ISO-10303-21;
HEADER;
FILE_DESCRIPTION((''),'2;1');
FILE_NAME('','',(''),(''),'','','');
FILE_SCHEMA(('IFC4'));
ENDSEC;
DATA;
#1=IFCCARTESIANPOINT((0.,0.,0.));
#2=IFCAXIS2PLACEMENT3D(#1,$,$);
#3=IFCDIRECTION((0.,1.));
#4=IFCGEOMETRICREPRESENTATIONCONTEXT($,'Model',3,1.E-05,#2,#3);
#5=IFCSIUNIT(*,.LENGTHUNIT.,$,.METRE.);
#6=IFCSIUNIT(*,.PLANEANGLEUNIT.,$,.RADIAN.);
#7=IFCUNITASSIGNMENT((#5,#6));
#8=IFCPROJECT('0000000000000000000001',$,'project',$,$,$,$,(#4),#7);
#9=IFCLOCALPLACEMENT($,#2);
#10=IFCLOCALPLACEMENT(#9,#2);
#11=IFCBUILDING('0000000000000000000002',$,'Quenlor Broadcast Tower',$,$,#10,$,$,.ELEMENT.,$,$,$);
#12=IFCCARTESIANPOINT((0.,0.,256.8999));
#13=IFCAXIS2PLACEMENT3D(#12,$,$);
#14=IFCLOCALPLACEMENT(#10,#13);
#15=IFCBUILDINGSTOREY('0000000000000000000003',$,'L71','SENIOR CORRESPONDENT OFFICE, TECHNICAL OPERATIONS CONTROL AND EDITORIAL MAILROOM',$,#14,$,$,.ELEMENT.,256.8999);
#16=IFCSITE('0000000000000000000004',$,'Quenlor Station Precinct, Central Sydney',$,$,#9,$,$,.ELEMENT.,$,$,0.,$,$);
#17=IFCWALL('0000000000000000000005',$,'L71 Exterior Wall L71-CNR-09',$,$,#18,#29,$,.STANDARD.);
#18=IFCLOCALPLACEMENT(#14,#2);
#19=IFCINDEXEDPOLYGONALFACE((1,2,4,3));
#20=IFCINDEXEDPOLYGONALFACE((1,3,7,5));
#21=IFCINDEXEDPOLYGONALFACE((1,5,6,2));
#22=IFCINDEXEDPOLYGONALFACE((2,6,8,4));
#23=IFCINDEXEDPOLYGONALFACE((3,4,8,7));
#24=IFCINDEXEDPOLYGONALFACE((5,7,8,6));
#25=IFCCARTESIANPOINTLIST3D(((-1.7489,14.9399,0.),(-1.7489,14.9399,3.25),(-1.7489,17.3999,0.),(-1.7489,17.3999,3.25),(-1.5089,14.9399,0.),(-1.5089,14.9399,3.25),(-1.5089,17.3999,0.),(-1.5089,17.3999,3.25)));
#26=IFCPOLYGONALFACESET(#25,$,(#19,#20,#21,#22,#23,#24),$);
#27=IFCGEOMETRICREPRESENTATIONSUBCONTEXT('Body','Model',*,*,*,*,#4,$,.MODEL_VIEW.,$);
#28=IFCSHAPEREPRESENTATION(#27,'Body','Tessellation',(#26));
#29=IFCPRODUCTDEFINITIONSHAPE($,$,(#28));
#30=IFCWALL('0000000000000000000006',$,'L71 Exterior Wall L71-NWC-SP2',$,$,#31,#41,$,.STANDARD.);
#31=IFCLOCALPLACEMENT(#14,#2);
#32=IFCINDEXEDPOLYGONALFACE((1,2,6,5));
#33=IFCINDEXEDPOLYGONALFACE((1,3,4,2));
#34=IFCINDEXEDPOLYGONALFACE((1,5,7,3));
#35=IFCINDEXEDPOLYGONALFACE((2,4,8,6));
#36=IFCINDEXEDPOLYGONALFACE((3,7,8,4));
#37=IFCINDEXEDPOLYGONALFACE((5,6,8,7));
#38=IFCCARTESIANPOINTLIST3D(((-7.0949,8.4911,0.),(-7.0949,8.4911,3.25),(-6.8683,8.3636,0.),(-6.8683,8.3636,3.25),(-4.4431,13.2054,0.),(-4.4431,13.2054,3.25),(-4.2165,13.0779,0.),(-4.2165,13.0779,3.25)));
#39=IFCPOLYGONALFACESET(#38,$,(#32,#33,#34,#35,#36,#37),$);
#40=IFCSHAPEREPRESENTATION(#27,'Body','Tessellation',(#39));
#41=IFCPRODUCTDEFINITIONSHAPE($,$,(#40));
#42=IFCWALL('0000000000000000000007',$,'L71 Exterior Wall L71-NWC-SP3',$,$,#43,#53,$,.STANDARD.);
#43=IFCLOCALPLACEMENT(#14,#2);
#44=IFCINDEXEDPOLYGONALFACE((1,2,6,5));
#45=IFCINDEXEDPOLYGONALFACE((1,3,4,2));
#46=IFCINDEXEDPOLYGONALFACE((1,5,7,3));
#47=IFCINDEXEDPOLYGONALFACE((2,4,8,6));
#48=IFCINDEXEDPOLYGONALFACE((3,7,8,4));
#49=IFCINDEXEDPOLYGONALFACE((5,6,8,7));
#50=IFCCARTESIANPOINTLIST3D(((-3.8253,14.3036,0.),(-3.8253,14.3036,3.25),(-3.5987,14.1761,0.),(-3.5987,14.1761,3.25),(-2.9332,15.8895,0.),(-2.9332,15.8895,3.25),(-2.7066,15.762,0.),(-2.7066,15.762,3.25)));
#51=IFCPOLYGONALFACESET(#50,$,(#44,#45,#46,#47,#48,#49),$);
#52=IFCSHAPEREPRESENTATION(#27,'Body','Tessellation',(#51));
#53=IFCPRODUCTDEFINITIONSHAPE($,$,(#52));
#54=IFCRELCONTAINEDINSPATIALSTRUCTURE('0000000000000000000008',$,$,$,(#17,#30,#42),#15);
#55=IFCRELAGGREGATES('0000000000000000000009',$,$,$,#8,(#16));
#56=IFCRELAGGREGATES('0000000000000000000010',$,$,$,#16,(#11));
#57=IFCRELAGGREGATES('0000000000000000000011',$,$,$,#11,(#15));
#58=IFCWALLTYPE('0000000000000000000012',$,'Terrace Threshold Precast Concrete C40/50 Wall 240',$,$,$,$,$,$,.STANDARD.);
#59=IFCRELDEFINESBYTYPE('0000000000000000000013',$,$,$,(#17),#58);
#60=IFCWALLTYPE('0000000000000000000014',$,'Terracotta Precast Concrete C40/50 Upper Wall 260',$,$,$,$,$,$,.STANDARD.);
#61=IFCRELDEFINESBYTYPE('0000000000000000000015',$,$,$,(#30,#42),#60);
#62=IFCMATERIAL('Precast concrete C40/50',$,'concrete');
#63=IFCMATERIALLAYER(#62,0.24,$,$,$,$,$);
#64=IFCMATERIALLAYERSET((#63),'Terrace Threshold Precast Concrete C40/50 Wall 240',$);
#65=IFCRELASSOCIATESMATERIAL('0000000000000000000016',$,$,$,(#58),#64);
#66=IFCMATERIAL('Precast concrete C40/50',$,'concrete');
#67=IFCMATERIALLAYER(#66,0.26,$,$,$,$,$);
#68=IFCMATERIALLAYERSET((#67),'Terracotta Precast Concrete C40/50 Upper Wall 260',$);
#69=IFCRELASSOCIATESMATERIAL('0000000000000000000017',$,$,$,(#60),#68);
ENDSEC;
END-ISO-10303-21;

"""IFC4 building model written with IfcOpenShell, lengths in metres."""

from ifc_helpers import new_model, si_unit, direction, frame, frame_2d, origin, place, context, subcontext, project, spatial, rectangle, extrude, material, layer, layer_set, type_object, element, save


model = new_model("IFC4")

# Units and contexts
model_context = context("Model", 3, precision=1e-05, world=origin(), true_north=direction((0.0, 1.0)))
body_context = subcontext(model_context, "Body", "Model", "MODEL_VIEW")
ifc_project = project(units=[si_unit("LENGTHUNIT", "METRE"), si_unit("PLANEANGLEUNIT", "RADIAN")], contexts=[model_context])

# Site, building, storey
site_placement = place(None, origin())
site = spatial("IfcSite", under=ifc_project, at=site_placement, Name="Quenlor Station Precinct, Central Sydney", CompositionType="ELEMENT", RefElevation=0.0)
building_placement = place(site_placement, origin())
building = spatial("IfcBuilding", under=site, at=building_placement, Name="Quenlor Broadcast Tower", CompositionType="ELEMENT")
storey_placement = place(building_placement, frame((0.0, 0.0, 256.8999)))
storey = spatial("IfcBuildingStorey", under=building, at=storey_placement, Name="L71", Description="SENIOR CORRESPONDENT OFFICE, TECHNICAL OPERATIONS CONTROL AND EDITORIAL MAILROOM", CompositionType="ELEMENT", Elevation=256.8999)

# Walls
ifc_material_1 = material(Name="Precast concrete C40/50", Category="concrete")
ifc_layer_1 = layer(ifc_material_1, 0.24)
ifc_layer_set_1 = layer_set([ifc_layer_1], Name="Terrace Threshold Precast Concrete C40/50 Wall 240")
wall_type_1 = type_object("IfcWallType", Name="Terrace Threshold Precast Concrete C40/50 Wall 240", PredefinedType="STANDARD", material=ifc_layer_set_1)
wall_1_placement = place(storey_placement, frame((-1.6289, 14.9399, 0.0), z_axis=(0.0, 0.0, 1.0), x_axis=(0.0, 1.0, 0.0)))
element("IfcWall", 1, at=wall_1_placement, inside=storey, type_object=wall_type_1, Name="L71 Exterior Wall L71-CNR-09", PredefinedType="STANDARD", context=body_context, shape_type="SweptSolid", body=[
    extrude(rectangle(XDim=2.46, YDim=0.24, at=frame_2d((1.23, 0.0))), origin(), (0.0, 0.0, 1.0), 3.25),
])
ifc_material_2 = material(Name="Precast concrete C40/50", Category="concrete")
ifc_layer_2 = layer(ifc_material_2, 0.26)
ifc_layer_set_2 = layer_set([ifc_layer_2], Name="Terracotta Precast Concrete C40/50 Upper Wall 260")
wall_type_2 = type_object("IfcWallType", Name="Terracotta Precast Concrete C40/50 Upper Wall 260", PredefinedType="STANDARD", material=ifc_layer_set_2)
wall_2_placement = place(storey_placement, frame((-6.9817, 8.4272, 0.0), z_axis=(0.0, 0.0, 1.0), x_axis=(0.490266, 0.871573, 0.0)))
element("IfcWall", 2, at=wall_2_placement, inside=storey, type_object=wall_type_2, Name="L71 Exterior Wall L71-NWC-SP2", PredefinedType="STANDARD", context=body_context, shape_type="SweptSolid", body=[
    extrude(rectangle(XDim=5.4089, YDim=0.26, at=frame_2d((2.7046, 0.0))), origin(), (0.0, 0.0, 1.0), 3.25),
])
wall_3_placement = place(storey_placement, frame((-3.7119, 14.24, 0.0), z_axis=(0.0, 0.0, 1.0), x_axis=(0.490261, 0.871576, 0.0)))
element("IfcWall", 3, at=wall_3_placement, inside=storey, type_object=wall_type_2, Name="L71 Exterior Wall L71-NWC-SP3", PredefinedType="STANDARD", context=body_context, shape_type="SweptSolid", body=[
    extrude(rectangle(XDim=1.8196, YDim=0.26, at=frame_2d((0.9097, 0.0))), origin(), (0.0, 0.0, 1.0), 3.25),
])

save(model, "model.ifc")
